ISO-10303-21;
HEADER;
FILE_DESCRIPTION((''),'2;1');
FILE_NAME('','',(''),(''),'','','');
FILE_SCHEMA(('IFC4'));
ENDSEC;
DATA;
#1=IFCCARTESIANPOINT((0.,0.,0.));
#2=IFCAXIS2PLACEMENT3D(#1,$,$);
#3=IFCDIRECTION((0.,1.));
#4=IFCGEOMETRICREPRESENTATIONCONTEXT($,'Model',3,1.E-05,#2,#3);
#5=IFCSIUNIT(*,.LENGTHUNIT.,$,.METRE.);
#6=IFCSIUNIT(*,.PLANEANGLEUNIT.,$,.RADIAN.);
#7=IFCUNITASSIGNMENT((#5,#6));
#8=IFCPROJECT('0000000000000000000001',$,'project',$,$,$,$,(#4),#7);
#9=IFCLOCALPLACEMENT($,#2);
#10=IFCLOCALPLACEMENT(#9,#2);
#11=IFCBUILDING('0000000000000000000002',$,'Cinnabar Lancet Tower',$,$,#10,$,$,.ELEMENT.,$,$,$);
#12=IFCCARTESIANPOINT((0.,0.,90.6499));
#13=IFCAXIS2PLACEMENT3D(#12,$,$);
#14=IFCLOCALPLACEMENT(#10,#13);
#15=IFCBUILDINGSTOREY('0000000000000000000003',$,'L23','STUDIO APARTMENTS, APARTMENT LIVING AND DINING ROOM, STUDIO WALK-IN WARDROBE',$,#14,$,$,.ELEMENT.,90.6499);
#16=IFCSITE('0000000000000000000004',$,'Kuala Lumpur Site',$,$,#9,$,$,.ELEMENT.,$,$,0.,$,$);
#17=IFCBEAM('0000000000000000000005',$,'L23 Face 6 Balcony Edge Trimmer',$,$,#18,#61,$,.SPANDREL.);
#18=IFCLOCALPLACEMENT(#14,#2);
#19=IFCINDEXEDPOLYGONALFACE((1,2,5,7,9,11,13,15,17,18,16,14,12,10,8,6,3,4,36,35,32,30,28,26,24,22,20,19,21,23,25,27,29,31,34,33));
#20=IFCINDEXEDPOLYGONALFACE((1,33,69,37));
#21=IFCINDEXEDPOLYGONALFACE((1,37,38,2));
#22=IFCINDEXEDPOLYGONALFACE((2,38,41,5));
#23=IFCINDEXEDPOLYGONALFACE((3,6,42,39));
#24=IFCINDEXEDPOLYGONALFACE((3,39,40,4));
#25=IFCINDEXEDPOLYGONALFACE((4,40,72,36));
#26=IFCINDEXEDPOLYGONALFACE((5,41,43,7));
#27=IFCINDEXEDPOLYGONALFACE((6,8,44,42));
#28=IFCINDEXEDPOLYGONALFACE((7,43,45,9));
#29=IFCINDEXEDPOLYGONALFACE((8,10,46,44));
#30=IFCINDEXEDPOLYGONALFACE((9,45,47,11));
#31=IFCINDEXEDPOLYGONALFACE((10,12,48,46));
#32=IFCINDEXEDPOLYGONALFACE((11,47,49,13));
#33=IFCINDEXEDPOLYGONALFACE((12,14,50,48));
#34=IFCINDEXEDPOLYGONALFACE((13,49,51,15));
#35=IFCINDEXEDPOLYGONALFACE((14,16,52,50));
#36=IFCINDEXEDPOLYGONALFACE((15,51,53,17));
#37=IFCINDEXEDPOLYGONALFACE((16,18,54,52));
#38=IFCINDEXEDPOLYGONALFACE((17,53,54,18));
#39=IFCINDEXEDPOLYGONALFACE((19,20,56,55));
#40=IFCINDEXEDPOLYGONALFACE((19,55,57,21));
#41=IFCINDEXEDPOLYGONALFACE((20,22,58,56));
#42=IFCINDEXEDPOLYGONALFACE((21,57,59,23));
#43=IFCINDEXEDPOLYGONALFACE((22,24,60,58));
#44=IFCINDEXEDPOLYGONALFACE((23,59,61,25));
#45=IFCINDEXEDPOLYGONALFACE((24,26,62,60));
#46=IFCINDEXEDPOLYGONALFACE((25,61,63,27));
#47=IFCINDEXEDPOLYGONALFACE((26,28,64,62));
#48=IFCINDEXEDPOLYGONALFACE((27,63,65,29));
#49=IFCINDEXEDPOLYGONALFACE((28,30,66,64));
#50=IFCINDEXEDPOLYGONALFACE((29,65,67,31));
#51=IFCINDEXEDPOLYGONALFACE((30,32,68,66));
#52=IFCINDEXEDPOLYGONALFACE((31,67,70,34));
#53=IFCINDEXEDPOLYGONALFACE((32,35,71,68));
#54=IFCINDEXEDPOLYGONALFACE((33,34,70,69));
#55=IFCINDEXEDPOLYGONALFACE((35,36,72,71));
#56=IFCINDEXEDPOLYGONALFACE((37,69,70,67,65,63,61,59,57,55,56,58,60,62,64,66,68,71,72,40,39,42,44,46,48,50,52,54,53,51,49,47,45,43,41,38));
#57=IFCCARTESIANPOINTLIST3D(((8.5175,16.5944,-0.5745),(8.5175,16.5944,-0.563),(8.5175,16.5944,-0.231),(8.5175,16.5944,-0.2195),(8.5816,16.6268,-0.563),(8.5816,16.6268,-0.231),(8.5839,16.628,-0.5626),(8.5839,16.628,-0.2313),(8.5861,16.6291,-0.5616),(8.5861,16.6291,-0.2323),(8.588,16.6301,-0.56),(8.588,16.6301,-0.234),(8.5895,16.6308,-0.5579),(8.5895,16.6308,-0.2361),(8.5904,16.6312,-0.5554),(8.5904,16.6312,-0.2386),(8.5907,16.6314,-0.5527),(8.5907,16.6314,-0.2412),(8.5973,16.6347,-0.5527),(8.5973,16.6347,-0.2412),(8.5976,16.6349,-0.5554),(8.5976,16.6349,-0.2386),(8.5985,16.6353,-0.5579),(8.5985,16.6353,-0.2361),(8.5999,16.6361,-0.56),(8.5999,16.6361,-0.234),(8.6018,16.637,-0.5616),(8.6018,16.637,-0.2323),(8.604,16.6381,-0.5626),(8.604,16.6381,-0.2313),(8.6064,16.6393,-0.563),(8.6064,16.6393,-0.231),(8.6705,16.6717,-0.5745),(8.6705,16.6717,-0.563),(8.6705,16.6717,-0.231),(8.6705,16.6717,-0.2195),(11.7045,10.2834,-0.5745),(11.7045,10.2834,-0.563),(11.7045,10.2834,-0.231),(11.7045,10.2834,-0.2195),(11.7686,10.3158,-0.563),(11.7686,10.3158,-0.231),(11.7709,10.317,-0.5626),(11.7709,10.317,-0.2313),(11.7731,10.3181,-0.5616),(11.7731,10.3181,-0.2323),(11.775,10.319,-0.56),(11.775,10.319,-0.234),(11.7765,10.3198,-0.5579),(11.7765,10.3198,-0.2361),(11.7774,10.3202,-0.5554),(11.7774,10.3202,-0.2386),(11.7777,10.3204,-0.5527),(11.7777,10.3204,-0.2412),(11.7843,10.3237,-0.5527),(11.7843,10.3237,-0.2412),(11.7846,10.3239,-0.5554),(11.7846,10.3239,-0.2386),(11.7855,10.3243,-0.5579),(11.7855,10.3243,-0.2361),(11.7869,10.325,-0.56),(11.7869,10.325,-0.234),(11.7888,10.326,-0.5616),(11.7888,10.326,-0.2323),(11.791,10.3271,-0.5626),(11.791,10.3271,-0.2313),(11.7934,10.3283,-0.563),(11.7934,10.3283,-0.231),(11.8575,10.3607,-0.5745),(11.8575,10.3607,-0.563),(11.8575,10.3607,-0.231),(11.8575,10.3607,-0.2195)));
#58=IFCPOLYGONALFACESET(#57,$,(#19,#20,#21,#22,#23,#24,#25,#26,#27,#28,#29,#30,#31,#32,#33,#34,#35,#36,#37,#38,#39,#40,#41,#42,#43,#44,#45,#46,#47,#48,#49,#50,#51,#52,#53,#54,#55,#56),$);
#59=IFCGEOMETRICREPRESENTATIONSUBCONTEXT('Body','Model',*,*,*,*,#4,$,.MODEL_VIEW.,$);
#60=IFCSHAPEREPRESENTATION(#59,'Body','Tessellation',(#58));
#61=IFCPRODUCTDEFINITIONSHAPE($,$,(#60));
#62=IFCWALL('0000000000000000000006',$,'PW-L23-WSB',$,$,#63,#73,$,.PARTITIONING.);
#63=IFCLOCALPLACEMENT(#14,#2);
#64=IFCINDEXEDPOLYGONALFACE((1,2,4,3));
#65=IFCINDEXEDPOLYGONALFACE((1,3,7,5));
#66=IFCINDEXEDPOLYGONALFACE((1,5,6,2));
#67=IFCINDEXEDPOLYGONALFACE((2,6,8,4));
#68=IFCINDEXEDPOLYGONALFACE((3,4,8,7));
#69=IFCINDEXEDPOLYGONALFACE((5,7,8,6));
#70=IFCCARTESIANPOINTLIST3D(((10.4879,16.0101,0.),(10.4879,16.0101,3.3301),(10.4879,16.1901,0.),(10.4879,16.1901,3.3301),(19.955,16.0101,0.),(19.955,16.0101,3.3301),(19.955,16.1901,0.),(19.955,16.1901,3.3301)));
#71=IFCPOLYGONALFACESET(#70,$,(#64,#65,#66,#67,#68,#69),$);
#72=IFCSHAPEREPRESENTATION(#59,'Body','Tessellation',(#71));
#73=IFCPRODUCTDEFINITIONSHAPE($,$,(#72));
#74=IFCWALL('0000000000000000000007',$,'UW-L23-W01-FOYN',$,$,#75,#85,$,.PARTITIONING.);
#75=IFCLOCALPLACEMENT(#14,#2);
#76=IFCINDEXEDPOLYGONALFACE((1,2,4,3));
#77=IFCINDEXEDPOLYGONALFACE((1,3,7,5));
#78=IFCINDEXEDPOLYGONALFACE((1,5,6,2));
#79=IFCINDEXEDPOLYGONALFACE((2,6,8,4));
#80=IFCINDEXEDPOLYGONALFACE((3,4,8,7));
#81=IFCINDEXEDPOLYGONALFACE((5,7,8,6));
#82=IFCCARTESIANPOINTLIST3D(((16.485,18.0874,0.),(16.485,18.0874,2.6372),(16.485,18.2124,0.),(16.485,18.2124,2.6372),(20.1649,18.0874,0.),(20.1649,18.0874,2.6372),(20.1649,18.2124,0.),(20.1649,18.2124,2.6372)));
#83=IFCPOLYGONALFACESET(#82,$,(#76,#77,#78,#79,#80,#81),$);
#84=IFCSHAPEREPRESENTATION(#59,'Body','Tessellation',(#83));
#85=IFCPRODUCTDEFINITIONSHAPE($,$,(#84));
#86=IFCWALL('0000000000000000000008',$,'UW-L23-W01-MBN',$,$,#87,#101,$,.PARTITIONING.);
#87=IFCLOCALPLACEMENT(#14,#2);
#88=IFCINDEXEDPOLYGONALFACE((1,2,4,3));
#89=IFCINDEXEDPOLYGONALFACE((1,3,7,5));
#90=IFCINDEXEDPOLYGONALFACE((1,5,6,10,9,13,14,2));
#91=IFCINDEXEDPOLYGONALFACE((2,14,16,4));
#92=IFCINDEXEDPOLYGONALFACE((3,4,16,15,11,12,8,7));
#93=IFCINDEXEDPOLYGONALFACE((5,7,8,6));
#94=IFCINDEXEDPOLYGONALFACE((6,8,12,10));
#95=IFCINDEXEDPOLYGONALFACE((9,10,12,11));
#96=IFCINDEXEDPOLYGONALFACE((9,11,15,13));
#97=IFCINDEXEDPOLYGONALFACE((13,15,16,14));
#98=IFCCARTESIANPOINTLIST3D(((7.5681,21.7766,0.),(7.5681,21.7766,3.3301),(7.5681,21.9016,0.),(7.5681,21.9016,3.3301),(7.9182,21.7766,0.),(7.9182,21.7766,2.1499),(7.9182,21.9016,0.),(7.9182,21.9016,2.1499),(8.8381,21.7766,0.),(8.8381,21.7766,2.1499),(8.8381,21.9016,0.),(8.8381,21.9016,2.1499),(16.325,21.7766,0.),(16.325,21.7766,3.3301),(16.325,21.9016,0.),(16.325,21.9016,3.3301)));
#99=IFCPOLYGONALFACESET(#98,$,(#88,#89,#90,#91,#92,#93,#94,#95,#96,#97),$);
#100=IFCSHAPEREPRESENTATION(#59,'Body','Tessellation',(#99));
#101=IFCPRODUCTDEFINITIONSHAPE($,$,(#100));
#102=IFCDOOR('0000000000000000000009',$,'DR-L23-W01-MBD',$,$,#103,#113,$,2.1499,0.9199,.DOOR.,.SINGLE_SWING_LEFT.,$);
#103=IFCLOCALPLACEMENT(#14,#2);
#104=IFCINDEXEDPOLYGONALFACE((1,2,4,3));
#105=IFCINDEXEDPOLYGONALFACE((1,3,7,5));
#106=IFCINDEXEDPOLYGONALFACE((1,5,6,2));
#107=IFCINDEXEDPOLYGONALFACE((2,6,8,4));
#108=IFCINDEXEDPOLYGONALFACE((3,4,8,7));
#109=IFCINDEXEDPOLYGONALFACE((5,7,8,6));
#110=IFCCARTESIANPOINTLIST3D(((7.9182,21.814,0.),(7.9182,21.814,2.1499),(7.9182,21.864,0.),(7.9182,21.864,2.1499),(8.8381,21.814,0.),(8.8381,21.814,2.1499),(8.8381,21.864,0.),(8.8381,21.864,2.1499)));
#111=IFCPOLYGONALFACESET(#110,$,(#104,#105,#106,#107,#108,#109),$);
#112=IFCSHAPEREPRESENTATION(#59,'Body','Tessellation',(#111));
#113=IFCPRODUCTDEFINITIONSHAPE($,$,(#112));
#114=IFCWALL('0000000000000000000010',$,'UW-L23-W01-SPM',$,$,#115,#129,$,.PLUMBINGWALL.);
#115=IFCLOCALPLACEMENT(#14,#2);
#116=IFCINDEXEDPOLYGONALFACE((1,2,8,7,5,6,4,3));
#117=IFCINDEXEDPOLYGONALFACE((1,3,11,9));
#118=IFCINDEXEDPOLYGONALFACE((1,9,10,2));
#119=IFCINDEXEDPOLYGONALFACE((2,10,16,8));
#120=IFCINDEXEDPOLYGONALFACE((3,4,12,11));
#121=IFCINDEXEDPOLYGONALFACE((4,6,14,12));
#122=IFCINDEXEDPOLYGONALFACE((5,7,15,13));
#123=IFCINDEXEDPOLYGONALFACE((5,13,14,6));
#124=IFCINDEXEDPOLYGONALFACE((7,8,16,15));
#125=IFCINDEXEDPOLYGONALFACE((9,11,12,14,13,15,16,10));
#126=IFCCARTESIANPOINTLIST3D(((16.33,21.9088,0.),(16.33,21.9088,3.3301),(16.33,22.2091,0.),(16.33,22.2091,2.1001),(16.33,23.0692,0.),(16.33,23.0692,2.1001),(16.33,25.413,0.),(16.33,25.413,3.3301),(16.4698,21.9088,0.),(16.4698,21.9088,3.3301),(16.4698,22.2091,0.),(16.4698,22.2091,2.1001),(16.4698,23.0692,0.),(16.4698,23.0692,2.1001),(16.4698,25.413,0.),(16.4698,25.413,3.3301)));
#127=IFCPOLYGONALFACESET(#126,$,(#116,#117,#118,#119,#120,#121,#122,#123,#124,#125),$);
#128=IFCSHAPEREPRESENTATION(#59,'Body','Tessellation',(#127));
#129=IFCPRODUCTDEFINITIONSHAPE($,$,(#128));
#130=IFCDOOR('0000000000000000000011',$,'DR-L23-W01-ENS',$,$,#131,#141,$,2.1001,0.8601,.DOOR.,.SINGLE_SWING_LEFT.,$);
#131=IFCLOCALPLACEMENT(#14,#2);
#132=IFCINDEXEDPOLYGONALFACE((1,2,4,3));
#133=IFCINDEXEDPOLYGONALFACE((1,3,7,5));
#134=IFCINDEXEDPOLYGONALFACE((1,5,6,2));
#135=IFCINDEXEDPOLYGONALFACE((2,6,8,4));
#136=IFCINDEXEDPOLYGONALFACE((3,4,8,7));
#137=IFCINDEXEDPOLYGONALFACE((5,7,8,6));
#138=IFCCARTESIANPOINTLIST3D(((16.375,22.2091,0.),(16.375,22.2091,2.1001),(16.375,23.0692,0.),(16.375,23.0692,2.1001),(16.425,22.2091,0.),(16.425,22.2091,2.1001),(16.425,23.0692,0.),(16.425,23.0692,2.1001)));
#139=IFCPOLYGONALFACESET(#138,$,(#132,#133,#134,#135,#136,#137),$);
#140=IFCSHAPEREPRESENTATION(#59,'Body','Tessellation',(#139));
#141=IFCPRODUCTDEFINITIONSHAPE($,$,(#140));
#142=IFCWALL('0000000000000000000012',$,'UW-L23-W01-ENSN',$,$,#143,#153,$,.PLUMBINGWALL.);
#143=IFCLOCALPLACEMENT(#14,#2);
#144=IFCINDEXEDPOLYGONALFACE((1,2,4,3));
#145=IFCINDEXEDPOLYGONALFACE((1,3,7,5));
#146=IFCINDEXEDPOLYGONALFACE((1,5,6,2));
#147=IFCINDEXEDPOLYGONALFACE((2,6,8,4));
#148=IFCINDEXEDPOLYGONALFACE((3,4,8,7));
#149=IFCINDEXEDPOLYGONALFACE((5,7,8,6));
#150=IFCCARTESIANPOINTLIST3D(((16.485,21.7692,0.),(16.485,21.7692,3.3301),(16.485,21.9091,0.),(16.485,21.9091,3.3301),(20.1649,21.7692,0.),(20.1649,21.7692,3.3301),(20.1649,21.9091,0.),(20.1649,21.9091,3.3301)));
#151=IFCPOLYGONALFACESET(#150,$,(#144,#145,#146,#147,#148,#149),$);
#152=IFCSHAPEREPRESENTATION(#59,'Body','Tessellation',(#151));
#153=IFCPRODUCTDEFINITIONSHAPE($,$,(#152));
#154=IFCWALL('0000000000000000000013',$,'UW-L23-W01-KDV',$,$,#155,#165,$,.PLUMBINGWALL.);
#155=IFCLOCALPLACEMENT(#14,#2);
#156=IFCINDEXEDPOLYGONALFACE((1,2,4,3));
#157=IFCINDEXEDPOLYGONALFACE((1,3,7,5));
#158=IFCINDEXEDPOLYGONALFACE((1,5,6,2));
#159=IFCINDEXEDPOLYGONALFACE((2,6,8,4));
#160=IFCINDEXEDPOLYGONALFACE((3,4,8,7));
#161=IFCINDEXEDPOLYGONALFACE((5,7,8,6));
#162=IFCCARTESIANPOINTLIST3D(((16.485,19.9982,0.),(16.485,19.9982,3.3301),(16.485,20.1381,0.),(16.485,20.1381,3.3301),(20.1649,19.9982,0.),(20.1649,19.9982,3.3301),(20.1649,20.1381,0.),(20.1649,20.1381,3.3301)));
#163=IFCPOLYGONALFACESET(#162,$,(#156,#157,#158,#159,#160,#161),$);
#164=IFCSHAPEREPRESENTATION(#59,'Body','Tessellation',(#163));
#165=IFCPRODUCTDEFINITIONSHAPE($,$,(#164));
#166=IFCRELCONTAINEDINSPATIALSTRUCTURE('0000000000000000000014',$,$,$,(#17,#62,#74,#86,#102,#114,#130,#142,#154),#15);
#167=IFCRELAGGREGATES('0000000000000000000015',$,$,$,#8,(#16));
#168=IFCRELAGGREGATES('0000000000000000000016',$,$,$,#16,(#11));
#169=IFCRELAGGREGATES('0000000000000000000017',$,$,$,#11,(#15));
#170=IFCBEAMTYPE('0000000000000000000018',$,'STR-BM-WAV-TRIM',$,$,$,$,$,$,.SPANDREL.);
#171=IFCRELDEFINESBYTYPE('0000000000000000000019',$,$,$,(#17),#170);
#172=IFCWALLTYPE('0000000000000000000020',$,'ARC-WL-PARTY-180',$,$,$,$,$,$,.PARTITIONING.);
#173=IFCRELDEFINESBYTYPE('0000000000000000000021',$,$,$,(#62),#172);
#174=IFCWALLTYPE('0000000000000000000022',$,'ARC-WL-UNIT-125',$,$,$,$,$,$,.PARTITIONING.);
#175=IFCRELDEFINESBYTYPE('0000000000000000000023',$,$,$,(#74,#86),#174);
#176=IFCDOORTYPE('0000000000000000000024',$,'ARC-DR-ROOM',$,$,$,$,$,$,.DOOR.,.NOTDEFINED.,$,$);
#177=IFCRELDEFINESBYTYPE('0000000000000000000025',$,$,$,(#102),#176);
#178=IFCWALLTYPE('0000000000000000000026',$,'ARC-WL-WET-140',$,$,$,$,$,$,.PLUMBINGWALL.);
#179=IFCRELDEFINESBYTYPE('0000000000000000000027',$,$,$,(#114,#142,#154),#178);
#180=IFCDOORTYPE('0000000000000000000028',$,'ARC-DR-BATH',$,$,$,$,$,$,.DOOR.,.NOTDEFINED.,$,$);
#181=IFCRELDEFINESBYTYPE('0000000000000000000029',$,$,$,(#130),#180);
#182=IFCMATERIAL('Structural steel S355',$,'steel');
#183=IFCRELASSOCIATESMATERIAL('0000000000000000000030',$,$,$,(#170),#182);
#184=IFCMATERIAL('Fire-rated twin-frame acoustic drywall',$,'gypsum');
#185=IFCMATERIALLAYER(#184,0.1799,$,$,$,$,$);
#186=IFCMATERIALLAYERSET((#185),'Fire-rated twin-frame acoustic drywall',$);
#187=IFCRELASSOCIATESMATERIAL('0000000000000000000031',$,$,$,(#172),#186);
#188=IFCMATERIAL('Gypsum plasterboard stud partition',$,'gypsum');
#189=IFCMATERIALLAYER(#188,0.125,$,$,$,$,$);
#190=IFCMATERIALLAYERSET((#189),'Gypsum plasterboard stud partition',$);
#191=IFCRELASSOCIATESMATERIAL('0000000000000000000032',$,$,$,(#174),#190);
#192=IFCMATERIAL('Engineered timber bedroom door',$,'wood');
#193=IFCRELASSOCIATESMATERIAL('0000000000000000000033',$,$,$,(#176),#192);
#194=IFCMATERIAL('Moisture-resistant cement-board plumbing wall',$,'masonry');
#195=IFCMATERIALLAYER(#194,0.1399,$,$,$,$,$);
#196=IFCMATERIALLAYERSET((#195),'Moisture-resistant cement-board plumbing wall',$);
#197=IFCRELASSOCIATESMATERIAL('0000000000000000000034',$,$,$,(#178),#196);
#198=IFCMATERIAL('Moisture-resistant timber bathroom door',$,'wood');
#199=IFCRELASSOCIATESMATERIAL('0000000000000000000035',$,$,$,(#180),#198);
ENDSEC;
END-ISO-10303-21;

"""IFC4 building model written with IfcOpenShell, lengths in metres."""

from ifc_helpers import new_model, si_unit, direction, frame, frame_2d, origin, origin_2d, place, context, subcontext, project, spatial, rectangle, i_section, extrude, material, layer, layer_set, material_profile, profile_set, type_object, element, fill, save


model = new_model("IFC4")

# Units and contexts
model_context = context("Model", 3, precision=1e-05, world=origin(), true_north=direction((0.0, 1.0)))
body_context = subcontext(model_context, "Body", "Model", "MODEL_VIEW")
ifc_project = project(units=[si_unit("LENGTHUNIT", "METRE"), si_unit("PLANEANGLEUNIT", "RADIAN")], contexts=[model_context])

# Site, building, storey
site_placement = place(None, origin())
site = spatial("IfcSite", under=ifc_project, at=site_placement, Name="Kuala Lumpur Site", CompositionType="ELEMENT", RefElevation=0.0)
building_placement = place(site_placement, origin())
building = spatial("IfcBuilding", under=site, at=building_placement, Name="Cinnabar Lancet Tower", CompositionType="ELEMENT")
storey_placement = place(building_placement, frame((0.0, 0.0, 90.6499)))
storey = spatial("IfcBuildingStorey", under=building, at=storey_placement, Name="L23", Description="STUDIO APARTMENTS, APARTMENT LIVING AND DINING ROOM, STUDIO WALK-IN WARDROBE", CompositionType="ELEMENT", Elevation=90.6499)

# Beam
ifc_material_1 = material(Name="Structural steel S355", Category="steel")
ifc_material_profile_1 = material_profile(ifc_material_1, i_section(OverallWidth=0.1714, OverallDepth=0.355, WebThickness=0.0073, FlangeThickness=0.0115, FilletRadius=0.0103, at=origin_2d()), Name="UKB 356x171x51")
ifc_profile_set_1 = profile_set([ifc_material_profile_1], Name="Structural steel S355")
beam_type_1 = type_object("IfcBeamType", Name="STR-BM-WAV-TRIM", PredefinedType="SPANDREL", material=ifc_profile_set_1)
beam_1_placement = place(storey_placement, frame((8.594, 16.6331, -0.397), z_axis=(0.450774, -0.892638, 0.0), x_axis=(0.892638, 0.450774, 0.0)))
element("IfcBeam", 1, at=beam_1_placement, inside=storey, type_object=beam_type_1, Name="L23 Face 6 Balcony Edge Trimmer", PredefinedType="SPANDREL", context=body_context, shape_type="SweptSolid", body=[
    extrude(i_section(OverallWidth=0.1714, OverallDepth=0.355, WebThickness=0.0073, FlangeThickness=0.0115, FilletRadius=0.0103, at=origin_2d()), origin(), (0.0, 0.0, 1.0), 7.0701),
])

# Walls
ifc_material_2 = material(Name="Fire-rated twin-frame acoustic drywall", Category="gypsum")
ifc_layer_1 = layer(ifc_material_2, 0.1799)
ifc_layer_set_1 = layer_set([ifc_layer_1], Name="Fire-rated twin-frame acoustic drywall")
wall_type_1 = type_object("IfcWallType", Name="ARC-WL-PARTY-180", PredefinedType="PARTITIONING", material=ifc_layer_set_1)
wall_1_placement = place(storey_placement, frame((10.488, 16.1001, 0.0), z_axis=(0.0, 0.0, 1.0), x_axis=(1.0, 0.0, 0.0)))
element("IfcWall", 2, at=wall_1_placement, inside=storey, type_object=wall_type_1, Name="PW-L23-WSB", PredefinedType="PARTITIONING", context=body_context, shape_type="SweptSolid", body=[
    extrude(rectangle(XDim=9.467, YDim=0.1799, at=frame_2d((4.7334, 0.0))), origin(), (0.0, 0.0, 1.0), 3.3301),
])
ifc_material_3 = material(Name="Gypsum plasterboard stud partition", Category="gypsum")
ifc_layer_2 = layer(ifc_material_3, 0.125)
ifc_layer_set_2 = layer_set([ifc_layer_2], Name="Gypsum plasterboard stud partition")
wall_type_2 = type_object("IfcWallType", Name="ARC-WL-UNIT-125", PredefinedType="PARTITIONING", material=ifc_layer_set_2)
wall_2_placement = place(storey_placement, frame((16.4851, 18.1499, 0.0), z_axis=(0.0, 0.0, 1.0), x_axis=(1.0, 0.0, 0.0)))
element("IfcWall", 3, at=wall_2_placement, inside=storey, type_object=wall_type_2, Name="UW-L23-W01-FOYN", PredefinedType="PARTITIONING", context=body_context, shape_type="SweptSolid", body=[
    extrude(rectangle(XDim=3.6799, YDim=0.125, at=frame_2d((1.8398, 0.0))), origin(), (0.0, 0.0, 1.0), 2.6372),
])

# Wall, opening, door
wall_3_placement = place(storey_placement, frame((7.5681, 21.8391, 0.0), z_axis=(0.0, 0.0, 1.0), x_axis=(1.0, 0.0, 0.0)))
wall_3 = element("IfcWall", 4, at=wall_3_placement, inside=storey, type_object=wall_type_2, Name="UW-L23-W01-MBN", PredefinedType="PARTITIONING", context=body_context, shape_type="SweptSolid", body=[
    extrude(rectangle(XDim=8.7568, YDim=0.125, at=frame_2d((4.3784, 0.0))), origin(), (0.0, 0.0, 1.0), 3.3301),
])
opening_1_placement = place(wall_3_placement, frame((0.3501, 0.0, 0.0)))
opening_1 = element("IfcOpeningElement", 5, at=opening_1_placement, cuts=wall_3, PredefinedType="OPENING", context=body_context, shape_type="SweptSolid", body=[
    extrude(rectangle(XDim=0.9199, YDim=2.1499, at=frame_2d((0.46, 1.075))), frame((0.0, 0.0725, 0.0), z_axis=(0.0, -1.0, 0.0), x_axis=(1.0, 0.0, 0.0)), (0.0, 0.0, 1.0), 0.145),
])
ifc_material_4 = material(Name="Engineered timber bedroom door", Category="wood")
door_type_1 = type_object("IfcDoorType", Name="ARC-DR-ROOM", OperationType="NOTDEFINED", PredefinedType="DOOR", material=ifc_material_4)
door_1_placement = place(opening_1_placement, origin())
door_1 = element("IfcDoor", 6, at=door_1_placement, inside=storey, type_object=door_type_1, Name="DR-L23-W01-MBD", OperationType="SINGLE_SWING_LEFT", OverallHeight=2.1499, OverallWidth=0.9199, PredefinedType="DOOR", context=body_context, shape_type="SweptSolid", body=[
    extrude(rectangle(XDim=0.9199, YDim=2.1499, at=frame_2d((0.46, 1.075))), frame((0.0, 0.0249, 0.0), z_axis=(0.0, -1.0, 0.0), x_axis=(1.0, 0.0, 0.0)), (0.0, 0.0, 1.0), 0.05),
])
fill(opening_1, door_1)

# Shared definitions
ifc_material_5 = material(Name="Moisture-resistant cement-board plumbing wall", Category="masonry")
ifc_layer_3 = layer(ifc_material_5, 0.1399)
ifc_layer_set_3 = layer_set([ifc_layer_3], Name="Moisture-resistant cement-board plumbing wall")
wall_type_3 = type_object("IfcWallType", Name="ARC-WL-WET-140", PredefinedType="PLUMBINGWALL", material=ifc_layer_set_3)
ifc_material_6 = material(Name="Moisture-resistant timber bathroom door", Category="wood")
door_type_2 = type_object("IfcDoorType", Name="ARC-DR-BATH", OperationType="NOTDEFINED", PredefinedType="DOOR", material=ifc_material_6)

# Wall, opening, door
wall_4_placement = place(storey_placement, frame((16.3999, 21.9089, 0.0), z_axis=(0.0, 0.0, 1.0), x_axis=(0.0, 1.0, 0.0)))
wall_4 = element("IfcWall", 7, at=wall_4_placement, inside=storey, type_object=wall_type_3, Name="UW-L23-W01-SPM", PredefinedType="PLUMBINGWALL", context=body_context, shape_type="SweptSolid", body=[
    extrude(rectangle(XDim=3.5042, YDim=0.1399, at=frame_2d((1.752, 0.0))), origin(), (0.0, 0.0, 1.0), 3.3301),
])
opening_2_placement = place(wall_4_placement, frame((0.3, 0.0, 0.0)))
opening_2 = element("IfcOpeningElement", 8, at=opening_2_placement, cuts=wall_4, PredefinedType="OPENING", context=body_context, shape_type="SweptSolid", body=[
    extrude(rectangle(XDim=0.8601, YDim=2.1001, at=frame_2d((0.4302, 1.05))), frame((0.0, 0.0798, 0.0), z_axis=(0.0, -1.0, 0.0), x_axis=(1.0, 0.0, 0.0)), (0.0, 0.0, 1.0), 0.1599),
])
door_2_placement = place(opening_2_placement, origin())
door_2 = element("IfcDoor", 9, at=door_2_placement, inside=storey, type_object=door_type_2, Name="DR-L23-W01-ENS", OperationType="SINGLE_SWING_LEFT", OverallHeight=2.1001, OverallWidth=0.8601, PredefinedType="DOOR", context=body_context, shape_type="SweptSolid", body=[
    extrude(rectangle(XDim=0.8601, YDim=2.1001, at=frame_2d((0.4302, 1.05))), frame((0.0, 0.0249, 0.0), z_axis=(0.0, -1.0, 0.0), x_axis=(1.0, 0.0, 0.0)), (0.0, 0.0, 1.0), 0.05),
])
fill(opening_2, door_2)

# Walls
for number, where, z_axis, x_axis, name in (
    (10, (16.4851, 21.8391, 0.0), (0.0, 0.0, 1.0), (1.0, 0.0, 0.0), "UW-L23-W01-ENSN"),
    (11, (16.4851, 20.0681, 0.0), (0.0, 0.0, 1.0), (1.0, 0.0, 0.0), "UW-L23-W01-KDV"),
):
    element("IfcWall", number, at=place(storey_placement, frame(where, z_axis=z_axis, x_axis=x_axis)), inside=storey, type_object=wall_type_3, Name=name, PredefinedType="PLUMBINGWALL", context=body_context, shape_type="SweptSolid", body=[
        extrude(rectangle(XDim=3.6799, YDim=0.1399, at=frame_2d((1.8398, 0.0))), origin(), (0.0, 0.0, 1.0), 3.3301),
    ])

save(model, "model.ifc")
